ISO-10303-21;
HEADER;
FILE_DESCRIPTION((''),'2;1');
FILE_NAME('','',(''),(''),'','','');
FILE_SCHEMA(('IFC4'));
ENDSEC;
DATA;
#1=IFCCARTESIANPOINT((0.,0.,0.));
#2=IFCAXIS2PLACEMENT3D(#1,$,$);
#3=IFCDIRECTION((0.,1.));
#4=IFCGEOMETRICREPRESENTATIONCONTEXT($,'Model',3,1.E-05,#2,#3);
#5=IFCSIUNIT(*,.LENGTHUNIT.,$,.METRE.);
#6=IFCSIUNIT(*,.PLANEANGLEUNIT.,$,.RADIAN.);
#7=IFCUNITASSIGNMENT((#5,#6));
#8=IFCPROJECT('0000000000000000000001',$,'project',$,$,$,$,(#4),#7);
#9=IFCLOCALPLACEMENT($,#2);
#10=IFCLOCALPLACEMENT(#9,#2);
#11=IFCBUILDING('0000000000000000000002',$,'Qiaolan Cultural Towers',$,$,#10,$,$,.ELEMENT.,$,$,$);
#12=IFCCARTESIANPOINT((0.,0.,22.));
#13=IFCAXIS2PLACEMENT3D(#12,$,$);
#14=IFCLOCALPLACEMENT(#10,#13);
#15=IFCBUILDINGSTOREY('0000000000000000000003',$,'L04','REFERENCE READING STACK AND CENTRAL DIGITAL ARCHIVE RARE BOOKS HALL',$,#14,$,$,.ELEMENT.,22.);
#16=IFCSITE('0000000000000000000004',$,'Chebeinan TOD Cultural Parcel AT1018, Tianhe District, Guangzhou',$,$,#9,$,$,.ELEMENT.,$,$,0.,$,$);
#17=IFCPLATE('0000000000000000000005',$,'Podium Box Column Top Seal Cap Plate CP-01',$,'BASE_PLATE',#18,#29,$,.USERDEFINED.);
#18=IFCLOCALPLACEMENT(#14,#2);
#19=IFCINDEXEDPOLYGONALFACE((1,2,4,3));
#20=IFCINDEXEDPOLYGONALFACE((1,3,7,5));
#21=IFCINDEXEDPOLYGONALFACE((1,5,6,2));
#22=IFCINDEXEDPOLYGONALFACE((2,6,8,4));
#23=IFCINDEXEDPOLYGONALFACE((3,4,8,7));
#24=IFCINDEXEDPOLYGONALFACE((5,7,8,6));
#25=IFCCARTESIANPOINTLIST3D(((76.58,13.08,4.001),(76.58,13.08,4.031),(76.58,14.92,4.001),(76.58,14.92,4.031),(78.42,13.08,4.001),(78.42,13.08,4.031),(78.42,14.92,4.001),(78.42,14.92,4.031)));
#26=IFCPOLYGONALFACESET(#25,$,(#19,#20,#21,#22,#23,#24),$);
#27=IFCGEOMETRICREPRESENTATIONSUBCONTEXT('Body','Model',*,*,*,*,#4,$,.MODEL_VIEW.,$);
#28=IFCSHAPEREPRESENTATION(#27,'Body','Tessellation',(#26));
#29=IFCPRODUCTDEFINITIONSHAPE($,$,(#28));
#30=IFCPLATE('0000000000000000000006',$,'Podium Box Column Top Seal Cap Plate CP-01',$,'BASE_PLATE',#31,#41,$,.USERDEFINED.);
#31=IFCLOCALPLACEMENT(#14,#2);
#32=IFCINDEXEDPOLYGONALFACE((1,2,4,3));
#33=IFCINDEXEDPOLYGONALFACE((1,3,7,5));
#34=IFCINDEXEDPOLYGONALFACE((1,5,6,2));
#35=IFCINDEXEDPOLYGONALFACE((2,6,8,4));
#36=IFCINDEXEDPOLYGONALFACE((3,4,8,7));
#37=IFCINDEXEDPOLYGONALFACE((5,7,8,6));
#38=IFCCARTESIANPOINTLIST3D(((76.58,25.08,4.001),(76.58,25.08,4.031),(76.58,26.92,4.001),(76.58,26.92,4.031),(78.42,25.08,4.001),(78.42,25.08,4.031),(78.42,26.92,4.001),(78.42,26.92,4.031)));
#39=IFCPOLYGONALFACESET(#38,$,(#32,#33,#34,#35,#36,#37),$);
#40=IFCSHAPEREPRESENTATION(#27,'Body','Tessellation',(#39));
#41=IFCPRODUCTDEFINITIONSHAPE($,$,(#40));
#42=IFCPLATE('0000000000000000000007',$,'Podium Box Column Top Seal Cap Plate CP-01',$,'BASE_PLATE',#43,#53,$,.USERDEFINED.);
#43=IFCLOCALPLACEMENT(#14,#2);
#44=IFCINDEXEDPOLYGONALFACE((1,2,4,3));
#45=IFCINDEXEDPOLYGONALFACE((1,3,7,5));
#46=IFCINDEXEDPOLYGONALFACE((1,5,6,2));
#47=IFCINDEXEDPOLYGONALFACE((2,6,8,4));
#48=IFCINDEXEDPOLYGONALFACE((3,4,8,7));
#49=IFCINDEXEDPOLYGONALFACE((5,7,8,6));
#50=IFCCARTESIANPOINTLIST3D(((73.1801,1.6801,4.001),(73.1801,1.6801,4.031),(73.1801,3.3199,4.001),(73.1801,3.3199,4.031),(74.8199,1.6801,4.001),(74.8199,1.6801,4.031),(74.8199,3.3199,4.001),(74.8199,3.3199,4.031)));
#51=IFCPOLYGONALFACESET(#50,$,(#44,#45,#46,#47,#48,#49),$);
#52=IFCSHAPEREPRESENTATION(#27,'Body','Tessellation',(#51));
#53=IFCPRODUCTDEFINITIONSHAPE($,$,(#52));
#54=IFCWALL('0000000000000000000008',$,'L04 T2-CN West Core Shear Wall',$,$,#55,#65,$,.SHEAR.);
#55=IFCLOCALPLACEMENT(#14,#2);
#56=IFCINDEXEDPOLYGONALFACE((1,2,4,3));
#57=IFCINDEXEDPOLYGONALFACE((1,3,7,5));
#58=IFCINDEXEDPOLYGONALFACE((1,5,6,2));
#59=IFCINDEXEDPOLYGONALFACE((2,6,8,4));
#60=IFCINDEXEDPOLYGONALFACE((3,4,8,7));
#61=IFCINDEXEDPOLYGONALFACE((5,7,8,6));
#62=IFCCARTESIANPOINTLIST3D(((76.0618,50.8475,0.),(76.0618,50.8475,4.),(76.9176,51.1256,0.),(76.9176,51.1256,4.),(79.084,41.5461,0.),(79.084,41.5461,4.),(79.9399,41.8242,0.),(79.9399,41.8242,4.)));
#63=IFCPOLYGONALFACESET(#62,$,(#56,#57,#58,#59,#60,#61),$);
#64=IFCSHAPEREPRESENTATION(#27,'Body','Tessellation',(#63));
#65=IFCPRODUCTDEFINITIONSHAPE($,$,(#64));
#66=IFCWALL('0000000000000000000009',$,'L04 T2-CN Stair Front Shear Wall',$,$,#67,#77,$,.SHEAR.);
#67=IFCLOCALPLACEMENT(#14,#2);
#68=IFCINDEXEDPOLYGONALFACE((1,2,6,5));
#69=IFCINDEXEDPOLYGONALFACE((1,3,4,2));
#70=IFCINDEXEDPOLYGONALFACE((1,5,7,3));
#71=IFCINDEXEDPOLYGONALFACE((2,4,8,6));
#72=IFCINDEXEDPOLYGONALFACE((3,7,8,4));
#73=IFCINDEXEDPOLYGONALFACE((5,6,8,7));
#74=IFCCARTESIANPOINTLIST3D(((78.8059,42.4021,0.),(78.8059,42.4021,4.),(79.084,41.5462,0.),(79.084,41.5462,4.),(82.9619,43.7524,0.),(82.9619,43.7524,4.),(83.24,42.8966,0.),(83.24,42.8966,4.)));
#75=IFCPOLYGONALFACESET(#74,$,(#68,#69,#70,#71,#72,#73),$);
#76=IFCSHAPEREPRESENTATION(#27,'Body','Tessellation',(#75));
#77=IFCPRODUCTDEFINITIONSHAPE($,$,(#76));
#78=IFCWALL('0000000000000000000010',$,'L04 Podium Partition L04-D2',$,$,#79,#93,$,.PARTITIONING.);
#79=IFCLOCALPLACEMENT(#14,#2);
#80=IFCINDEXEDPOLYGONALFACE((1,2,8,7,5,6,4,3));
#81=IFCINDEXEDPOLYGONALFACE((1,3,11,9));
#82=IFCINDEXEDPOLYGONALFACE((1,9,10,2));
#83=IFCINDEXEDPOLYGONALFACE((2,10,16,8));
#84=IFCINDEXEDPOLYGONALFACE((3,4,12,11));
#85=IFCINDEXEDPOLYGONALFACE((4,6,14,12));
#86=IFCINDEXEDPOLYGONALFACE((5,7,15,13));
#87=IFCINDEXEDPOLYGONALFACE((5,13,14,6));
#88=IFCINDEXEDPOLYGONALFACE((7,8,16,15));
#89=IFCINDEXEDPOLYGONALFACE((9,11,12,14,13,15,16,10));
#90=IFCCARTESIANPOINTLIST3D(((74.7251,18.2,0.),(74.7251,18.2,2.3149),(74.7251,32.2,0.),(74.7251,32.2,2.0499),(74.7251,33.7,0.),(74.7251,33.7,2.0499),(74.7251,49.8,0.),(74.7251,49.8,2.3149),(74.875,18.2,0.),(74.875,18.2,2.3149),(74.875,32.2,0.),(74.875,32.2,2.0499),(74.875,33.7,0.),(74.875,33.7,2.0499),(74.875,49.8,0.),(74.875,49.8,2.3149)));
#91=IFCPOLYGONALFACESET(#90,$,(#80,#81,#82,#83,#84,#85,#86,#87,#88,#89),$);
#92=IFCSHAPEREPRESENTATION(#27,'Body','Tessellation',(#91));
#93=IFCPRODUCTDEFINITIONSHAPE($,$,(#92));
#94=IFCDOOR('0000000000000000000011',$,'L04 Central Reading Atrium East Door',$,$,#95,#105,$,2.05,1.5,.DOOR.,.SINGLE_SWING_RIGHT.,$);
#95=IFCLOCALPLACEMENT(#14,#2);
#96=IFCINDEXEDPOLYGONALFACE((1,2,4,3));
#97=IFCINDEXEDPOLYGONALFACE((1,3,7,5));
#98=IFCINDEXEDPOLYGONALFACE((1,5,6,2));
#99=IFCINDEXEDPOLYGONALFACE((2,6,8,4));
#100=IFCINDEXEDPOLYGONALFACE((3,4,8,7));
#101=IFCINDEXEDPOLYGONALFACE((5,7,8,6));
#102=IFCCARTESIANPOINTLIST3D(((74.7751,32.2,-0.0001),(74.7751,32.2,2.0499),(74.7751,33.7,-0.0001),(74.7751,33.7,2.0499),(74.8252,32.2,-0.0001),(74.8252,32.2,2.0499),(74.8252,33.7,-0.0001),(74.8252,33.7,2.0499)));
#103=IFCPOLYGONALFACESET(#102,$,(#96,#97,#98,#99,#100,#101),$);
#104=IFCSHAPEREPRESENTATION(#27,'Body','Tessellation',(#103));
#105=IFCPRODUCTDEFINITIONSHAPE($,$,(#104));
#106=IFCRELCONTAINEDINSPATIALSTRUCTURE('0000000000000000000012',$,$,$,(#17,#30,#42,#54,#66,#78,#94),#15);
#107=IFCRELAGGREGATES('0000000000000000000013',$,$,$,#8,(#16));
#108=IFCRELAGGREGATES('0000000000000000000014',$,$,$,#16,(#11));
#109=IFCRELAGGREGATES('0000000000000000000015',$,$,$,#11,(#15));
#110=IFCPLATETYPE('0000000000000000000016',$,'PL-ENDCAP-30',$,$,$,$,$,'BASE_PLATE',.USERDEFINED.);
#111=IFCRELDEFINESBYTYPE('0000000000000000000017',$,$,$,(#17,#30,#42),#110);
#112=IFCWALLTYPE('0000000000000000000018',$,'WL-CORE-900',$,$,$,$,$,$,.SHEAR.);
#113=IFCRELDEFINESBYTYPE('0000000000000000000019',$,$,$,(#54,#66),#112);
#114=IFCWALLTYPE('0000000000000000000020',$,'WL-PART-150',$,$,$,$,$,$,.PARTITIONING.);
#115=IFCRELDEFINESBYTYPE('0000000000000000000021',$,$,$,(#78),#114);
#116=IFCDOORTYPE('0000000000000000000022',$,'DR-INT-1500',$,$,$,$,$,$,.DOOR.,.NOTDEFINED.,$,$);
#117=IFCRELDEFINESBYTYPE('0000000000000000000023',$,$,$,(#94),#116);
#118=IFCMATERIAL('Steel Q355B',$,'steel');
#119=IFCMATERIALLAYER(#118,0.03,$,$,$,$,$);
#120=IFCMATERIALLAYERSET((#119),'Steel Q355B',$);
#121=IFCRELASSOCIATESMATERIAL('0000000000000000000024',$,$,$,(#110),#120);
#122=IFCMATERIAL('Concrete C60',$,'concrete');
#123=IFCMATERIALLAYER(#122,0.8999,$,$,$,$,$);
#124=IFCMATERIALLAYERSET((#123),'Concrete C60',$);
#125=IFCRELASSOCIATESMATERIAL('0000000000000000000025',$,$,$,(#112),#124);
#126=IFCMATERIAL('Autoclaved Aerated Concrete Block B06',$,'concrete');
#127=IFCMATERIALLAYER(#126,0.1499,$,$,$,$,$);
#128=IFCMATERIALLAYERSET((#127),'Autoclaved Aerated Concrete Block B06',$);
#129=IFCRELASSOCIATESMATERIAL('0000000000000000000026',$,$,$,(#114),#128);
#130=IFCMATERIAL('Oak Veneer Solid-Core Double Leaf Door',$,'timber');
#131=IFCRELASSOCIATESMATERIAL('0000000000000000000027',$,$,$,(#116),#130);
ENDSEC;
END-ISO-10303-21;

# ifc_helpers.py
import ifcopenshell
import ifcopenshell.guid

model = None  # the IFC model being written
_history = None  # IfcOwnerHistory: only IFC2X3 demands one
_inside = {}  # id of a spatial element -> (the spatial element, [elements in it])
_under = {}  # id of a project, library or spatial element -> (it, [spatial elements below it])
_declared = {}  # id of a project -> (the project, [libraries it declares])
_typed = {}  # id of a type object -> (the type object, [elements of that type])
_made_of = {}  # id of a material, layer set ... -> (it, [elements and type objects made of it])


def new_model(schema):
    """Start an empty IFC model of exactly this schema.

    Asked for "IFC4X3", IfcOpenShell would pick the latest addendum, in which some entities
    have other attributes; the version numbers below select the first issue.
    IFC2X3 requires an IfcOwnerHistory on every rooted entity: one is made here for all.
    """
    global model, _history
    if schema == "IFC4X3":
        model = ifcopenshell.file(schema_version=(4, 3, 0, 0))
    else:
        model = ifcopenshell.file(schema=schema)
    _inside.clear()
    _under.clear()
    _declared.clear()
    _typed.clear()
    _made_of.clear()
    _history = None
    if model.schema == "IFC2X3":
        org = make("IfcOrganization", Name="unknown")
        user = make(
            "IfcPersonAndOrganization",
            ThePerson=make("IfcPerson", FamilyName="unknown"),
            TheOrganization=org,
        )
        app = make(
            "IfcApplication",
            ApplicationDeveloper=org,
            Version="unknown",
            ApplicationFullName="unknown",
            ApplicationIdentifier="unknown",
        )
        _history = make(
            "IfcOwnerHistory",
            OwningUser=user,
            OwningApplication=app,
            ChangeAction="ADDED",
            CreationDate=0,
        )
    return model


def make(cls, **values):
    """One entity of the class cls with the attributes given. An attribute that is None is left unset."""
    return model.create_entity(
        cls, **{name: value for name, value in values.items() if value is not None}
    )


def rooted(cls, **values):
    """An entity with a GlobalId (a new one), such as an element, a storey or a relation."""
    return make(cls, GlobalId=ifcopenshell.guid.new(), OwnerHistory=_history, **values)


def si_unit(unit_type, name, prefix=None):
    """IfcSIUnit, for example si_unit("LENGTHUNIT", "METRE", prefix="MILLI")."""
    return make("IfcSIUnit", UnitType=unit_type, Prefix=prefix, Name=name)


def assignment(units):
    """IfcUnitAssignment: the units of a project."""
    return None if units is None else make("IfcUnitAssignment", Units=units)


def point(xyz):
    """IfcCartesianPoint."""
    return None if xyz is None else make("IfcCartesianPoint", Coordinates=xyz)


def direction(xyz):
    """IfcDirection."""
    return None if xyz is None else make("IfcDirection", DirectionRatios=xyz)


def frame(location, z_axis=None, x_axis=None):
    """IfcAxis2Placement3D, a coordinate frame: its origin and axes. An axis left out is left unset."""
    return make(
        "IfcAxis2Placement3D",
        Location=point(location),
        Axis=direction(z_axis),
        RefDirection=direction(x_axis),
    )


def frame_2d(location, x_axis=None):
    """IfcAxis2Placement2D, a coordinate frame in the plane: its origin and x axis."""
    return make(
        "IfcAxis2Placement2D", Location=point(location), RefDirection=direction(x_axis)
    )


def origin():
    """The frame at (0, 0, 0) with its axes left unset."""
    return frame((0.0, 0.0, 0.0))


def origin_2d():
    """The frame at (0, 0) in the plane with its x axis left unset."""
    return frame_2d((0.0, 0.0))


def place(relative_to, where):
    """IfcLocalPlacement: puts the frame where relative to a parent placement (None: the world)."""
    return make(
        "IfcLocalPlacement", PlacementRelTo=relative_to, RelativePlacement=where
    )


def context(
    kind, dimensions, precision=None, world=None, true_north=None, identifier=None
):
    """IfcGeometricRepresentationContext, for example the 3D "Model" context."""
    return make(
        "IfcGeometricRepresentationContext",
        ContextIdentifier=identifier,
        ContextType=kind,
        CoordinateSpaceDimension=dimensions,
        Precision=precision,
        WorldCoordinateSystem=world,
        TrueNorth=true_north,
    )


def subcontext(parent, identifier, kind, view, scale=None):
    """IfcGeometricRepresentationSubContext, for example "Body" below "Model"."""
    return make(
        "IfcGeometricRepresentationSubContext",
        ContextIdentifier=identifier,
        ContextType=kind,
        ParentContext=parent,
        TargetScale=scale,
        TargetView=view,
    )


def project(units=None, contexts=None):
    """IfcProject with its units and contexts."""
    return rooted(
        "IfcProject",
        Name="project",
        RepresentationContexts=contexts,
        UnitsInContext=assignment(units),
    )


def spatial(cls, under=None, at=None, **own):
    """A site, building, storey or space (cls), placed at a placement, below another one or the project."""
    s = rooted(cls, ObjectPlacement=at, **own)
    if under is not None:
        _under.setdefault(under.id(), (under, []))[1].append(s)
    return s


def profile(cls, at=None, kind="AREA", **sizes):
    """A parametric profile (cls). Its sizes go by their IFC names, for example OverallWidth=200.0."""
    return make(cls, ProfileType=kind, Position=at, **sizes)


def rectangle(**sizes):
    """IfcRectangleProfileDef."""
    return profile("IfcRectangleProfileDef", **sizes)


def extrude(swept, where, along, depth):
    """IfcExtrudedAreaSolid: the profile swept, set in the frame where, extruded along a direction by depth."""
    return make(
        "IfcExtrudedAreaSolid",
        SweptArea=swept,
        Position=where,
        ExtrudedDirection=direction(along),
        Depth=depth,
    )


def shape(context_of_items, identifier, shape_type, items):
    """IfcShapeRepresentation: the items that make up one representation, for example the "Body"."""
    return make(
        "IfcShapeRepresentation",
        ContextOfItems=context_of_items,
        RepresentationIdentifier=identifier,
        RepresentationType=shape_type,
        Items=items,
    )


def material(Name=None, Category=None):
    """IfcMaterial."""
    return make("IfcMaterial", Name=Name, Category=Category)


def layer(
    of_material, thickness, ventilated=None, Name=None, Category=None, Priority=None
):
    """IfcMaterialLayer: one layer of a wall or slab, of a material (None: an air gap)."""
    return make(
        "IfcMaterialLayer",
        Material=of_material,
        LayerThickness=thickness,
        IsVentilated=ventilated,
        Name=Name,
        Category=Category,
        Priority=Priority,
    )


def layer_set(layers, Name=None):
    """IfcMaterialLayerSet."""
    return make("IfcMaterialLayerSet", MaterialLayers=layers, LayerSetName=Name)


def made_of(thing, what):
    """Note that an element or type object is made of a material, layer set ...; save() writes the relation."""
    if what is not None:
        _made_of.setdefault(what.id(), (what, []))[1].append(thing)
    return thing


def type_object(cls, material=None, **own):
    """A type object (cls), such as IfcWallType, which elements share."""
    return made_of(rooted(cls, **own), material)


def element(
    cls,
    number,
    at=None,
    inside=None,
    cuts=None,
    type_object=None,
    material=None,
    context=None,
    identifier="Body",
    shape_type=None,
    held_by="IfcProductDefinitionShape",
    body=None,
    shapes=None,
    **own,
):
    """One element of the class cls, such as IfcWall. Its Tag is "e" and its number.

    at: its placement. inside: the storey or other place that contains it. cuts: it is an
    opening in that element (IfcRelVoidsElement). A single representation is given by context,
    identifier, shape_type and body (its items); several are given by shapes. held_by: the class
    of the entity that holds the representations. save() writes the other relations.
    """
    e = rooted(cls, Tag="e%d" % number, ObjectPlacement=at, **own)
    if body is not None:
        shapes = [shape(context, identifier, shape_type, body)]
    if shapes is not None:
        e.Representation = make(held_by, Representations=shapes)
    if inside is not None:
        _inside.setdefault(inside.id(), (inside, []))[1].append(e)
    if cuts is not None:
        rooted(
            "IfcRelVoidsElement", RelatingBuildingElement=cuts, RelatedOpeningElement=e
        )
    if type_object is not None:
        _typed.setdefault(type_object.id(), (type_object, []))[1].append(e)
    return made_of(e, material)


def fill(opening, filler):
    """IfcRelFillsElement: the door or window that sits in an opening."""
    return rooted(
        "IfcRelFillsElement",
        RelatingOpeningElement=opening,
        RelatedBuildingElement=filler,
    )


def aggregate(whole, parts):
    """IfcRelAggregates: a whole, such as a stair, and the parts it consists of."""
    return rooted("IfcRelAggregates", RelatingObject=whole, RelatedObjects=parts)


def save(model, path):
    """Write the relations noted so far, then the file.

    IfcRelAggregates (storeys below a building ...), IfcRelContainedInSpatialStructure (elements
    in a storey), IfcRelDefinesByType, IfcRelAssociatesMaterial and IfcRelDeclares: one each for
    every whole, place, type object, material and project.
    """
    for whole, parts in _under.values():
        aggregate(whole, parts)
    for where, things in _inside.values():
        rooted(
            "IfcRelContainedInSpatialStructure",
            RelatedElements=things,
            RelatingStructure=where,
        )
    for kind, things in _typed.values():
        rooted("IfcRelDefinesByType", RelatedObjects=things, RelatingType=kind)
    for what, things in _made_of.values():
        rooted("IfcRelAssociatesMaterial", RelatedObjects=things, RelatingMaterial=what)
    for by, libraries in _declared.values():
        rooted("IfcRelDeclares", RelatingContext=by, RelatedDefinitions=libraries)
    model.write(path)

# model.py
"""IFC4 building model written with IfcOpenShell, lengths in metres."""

from ifc_helpers import new_model, si_unit, direction, frame, frame_2d, origin, origin_2d, place, context, subcontext, project, spatial, rectangle, extrude, material, layer, layer_set, type_object, element, fill, save


model = new_model("IFC4")

# Units and contexts
model_context = context("Model", 3, precision=1e-05, world=origin(), true_north=direction((0.0, 1.0)))
body_context = subcontext(model_context, "Body", "Model", "MODEL_VIEW")
ifc_project = project(units=[si_unit("LENGTHUNIT", "METRE"), si_unit("PLANEANGLEUNIT", "RADIAN")], contexts=[model_context])

# Site, building, storey
site_placement = place(None, origin())
site = spatial("IfcSite", under=ifc_project, at=site_placement, Name="Chebeinan TOD Cultural Parcel AT1018, Tianhe District, Guangzhou", CompositionType="ELEMENT", RefElevation=0.0)
building_placement = place(site_placement, origin())
building = spatial("IfcBuilding", under=site, at=building_placement, Name="Qiaolan Cultural Towers", CompositionType="ELEMENT")
storey_placement = place(building_placement, frame((0.0, 0.0, 22.0)))
storey = spatial("IfcBuildingStorey", under=building, at=storey_placement, Name="L04", Description="REFERENCE READING STACK AND CENTRAL DIGITAL ARCHIVE RARE BOOKS HALL", CompositionType="ELEMENT", Elevation=22.0)

# Plates
ifc_material_1 = material(Name="Steel Q355B", Category="steel")
ifc_layer_1 = layer(ifc_material_1, 0.03)
ifc_layer_set_1 = layer_set([ifc_layer_1], Name="Steel Q355B")
plate_type = type_object("IfcPlateType", Name="PL-ENDCAP-30", ElementType="BASE_PLATE", PredefinedType="USERDEFINED", material=ifc_layer_set_1)
for number, where, z_axis, x_axis, name in (
    (1, (77.5, 14.0, 4.001), (0.0, 0.0, 1.0), (1.0, 0.0, 0.0), "Podium Box Column Top Seal Cap Plate CP-01"),
    (2, (77.5, 26.0, 4.001), (0.0, 0.0, 1.0), (1.0, 0.0, 0.0), "Podium Box Column Top Seal Cap Plate CP-01"),
):
    element("IfcPlate", number, at=place(storey_placement, frame(where, z_axis=z_axis, x_axis=x_axis)), inside=storey, type_object=plate_type, Name=name, ObjectType="BASE_PLATE", PredefinedType="USERDEFINED", context=body_context, shape_type="SweptSolid", body=[
        extrude(rectangle(XDim=1.8401, YDim=1.8401, at=origin_2d()), origin(), (0.0, 0.0, 1.0), 0.03),
    ])
plate_placement = place(storey_placement, frame((74.0, 2.5, 4.001), z_axis=(0.0, 0.0, 1.0), x_axis=(1.0, 0.0, 0.0)))
element("IfcPlate", 3, at=plate_placement, inside=storey, type_object=plate_type, Name="Podium Box Column Top Seal Cap Plate CP-01", ObjectType="BASE_PLATE", PredefinedType="USERDEFINED", context=body_context, shape_type="SweptSolid", body=[
    extrude(rectangle(XDim=1.6399, YDim=1.6399, at=origin_2d()), origin(), (0.0, 0.0, 1.0), 0.03),
])

# Walls
ifc_material_2 = material(Name="Concrete C60", Category="concrete")
ifc_layer_2 = layer(ifc_material_2, 0.8999)
ifc_layer_set_2 = layer_set([ifc_layer_2], Name="Concrete C60")
wall_type_1 = type_object("IfcWallType", Name="WL-CORE-900", PredefinedType="SHEAR", material=ifc_layer_set_2)
wall_1_placement = place(storey_placement, frame((79.512, 41.6851, 0.0), z_axis=(0.0, 0.0, 1.0), x_axis=(-0.309022, 0.951055, 0.0)))
element("IfcWall", 4, at=wall_1_placement, inside=storey, type_object=wall_type_1, Name="L04 T2-CN West Core Shear Wall", PredefinedType="SHEAR", context=body_context, shape_type="SweptSolid", body=[
    extrude(rectangle(XDim=9.78, YDim=0.8999, at=frame_2d((4.8901, 0.0))), origin(), (0.0, 0.0, 1.0), 4.0),
])
wall_2_placement = place(storey_placement, frame((78.9448, 41.9741, 0.0), z_axis=(0.0, 0.0, 1.0), x_axis=(0.951058, 0.309012, 0.0)))
element("IfcWall", 5, at=wall_2_placement, inside=storey, type_object=wall_type_1, Name="L04 T2-CN Stair Front Shear Wall", PredefinedType="SHEAR", context=body_context, shape_type="SweptSolid", body=[
    extrude(rectangle(XDim=4.3699, YDim=0.8999, at=frame_2d((2.1851, 0.0))), origin(), (0.0, 0.0, 1.0), 4.0),
])

# Wall, opening, door
ifc_material_3 = material(Name="Autoclaved Aerated Concrete Block B06", Category="concrete")
ifc_layer_3 = layer(ifc_material_3, 0.1499)
ifc_layer_set_3 = layer_set([ifc_layer_3], Name="Autoclaved Aerated Concrete Block B06")
wall_type_2 = type_object("IfcWallType", Name="WL-PART-150", PredefinedType="PARTITIONING", material=ifc_layer_set_3)
wall_3_placement = place(storey_placement, frame((74.8, 18.2, 0.0), z_axis=(0.0, 0.0, 1.0), x_axis=(0.0, 1.0, 0.0)))
wall_3 = element("IfcWall", 6, at=wall_3_placement, inside=storey, type_object=wall_type_2, Name="L04 Podium Partition L04-D2", PredefinedType="PARTITIONING", context=body_context, shape_type="SweptSolid", body=[
    extrude(rectangle(XDim=31.6001, YDim=0.1499, at=frame_2d((15.8, 0.0))), origin(), (0.0, 0.0, 1.0), 2.3149),
])
opening_placement = place(wall_3_placement, frame((14.0, 0.0, 0.0)))
opening = element("IfcOpeningElement", 7, at=opening_placement, cuts=wall_3, PredefinedType="OPENING", context=body_context, shape_type="SweptSolid", body=[
    extrude(rectangle(XDim=1.5, YDim=2.05, at=frame_2d((0.75, 1.0249))), frame((0.0, 0.085, 0.0), z_axis=(0.0, -1.0, 0.0), x_axis=(1.0, 0.0, 0.0)), (0.0, 0.0, 1.0), 0.1699),
])
ifc_material_4 = material(Name="Oak Veneer Solid-Core Double Leaf Door", Category="timber")
door_type = type_object("IfcDoorType", Name="DR-INT-1500", OperationType="NOTDEFINED", PredefinedType="DOOR", material=ifc_material_4)
door_placement = place(opening_placement, origin())
door = element("IfcDoor", 8, at=door_placement, inside=storey, type_object=door_type, Name="L04 Central Reading Atrium East Door", OperationType="SINGLE_SWING_RIGHT", OverallHeight=2.05, OverallWidth=1.5, PredefinedType="DOOR", context=body_context, shape_type="SweptSolid", body=[
    extrude(rectangle(XDim=1.5, YDim=2.05, at=frame_2d((0.75, 1.0249))), frame((0.0, 0.0249, 0.0), z_axis=(0.0, -1.0, 0.0), x_axis=(1.0, 0.0, 0.0)), (0.0, 0.0, 1.0), 0.05),
])
fill(opening, door)

save(model, "model.ifc")
